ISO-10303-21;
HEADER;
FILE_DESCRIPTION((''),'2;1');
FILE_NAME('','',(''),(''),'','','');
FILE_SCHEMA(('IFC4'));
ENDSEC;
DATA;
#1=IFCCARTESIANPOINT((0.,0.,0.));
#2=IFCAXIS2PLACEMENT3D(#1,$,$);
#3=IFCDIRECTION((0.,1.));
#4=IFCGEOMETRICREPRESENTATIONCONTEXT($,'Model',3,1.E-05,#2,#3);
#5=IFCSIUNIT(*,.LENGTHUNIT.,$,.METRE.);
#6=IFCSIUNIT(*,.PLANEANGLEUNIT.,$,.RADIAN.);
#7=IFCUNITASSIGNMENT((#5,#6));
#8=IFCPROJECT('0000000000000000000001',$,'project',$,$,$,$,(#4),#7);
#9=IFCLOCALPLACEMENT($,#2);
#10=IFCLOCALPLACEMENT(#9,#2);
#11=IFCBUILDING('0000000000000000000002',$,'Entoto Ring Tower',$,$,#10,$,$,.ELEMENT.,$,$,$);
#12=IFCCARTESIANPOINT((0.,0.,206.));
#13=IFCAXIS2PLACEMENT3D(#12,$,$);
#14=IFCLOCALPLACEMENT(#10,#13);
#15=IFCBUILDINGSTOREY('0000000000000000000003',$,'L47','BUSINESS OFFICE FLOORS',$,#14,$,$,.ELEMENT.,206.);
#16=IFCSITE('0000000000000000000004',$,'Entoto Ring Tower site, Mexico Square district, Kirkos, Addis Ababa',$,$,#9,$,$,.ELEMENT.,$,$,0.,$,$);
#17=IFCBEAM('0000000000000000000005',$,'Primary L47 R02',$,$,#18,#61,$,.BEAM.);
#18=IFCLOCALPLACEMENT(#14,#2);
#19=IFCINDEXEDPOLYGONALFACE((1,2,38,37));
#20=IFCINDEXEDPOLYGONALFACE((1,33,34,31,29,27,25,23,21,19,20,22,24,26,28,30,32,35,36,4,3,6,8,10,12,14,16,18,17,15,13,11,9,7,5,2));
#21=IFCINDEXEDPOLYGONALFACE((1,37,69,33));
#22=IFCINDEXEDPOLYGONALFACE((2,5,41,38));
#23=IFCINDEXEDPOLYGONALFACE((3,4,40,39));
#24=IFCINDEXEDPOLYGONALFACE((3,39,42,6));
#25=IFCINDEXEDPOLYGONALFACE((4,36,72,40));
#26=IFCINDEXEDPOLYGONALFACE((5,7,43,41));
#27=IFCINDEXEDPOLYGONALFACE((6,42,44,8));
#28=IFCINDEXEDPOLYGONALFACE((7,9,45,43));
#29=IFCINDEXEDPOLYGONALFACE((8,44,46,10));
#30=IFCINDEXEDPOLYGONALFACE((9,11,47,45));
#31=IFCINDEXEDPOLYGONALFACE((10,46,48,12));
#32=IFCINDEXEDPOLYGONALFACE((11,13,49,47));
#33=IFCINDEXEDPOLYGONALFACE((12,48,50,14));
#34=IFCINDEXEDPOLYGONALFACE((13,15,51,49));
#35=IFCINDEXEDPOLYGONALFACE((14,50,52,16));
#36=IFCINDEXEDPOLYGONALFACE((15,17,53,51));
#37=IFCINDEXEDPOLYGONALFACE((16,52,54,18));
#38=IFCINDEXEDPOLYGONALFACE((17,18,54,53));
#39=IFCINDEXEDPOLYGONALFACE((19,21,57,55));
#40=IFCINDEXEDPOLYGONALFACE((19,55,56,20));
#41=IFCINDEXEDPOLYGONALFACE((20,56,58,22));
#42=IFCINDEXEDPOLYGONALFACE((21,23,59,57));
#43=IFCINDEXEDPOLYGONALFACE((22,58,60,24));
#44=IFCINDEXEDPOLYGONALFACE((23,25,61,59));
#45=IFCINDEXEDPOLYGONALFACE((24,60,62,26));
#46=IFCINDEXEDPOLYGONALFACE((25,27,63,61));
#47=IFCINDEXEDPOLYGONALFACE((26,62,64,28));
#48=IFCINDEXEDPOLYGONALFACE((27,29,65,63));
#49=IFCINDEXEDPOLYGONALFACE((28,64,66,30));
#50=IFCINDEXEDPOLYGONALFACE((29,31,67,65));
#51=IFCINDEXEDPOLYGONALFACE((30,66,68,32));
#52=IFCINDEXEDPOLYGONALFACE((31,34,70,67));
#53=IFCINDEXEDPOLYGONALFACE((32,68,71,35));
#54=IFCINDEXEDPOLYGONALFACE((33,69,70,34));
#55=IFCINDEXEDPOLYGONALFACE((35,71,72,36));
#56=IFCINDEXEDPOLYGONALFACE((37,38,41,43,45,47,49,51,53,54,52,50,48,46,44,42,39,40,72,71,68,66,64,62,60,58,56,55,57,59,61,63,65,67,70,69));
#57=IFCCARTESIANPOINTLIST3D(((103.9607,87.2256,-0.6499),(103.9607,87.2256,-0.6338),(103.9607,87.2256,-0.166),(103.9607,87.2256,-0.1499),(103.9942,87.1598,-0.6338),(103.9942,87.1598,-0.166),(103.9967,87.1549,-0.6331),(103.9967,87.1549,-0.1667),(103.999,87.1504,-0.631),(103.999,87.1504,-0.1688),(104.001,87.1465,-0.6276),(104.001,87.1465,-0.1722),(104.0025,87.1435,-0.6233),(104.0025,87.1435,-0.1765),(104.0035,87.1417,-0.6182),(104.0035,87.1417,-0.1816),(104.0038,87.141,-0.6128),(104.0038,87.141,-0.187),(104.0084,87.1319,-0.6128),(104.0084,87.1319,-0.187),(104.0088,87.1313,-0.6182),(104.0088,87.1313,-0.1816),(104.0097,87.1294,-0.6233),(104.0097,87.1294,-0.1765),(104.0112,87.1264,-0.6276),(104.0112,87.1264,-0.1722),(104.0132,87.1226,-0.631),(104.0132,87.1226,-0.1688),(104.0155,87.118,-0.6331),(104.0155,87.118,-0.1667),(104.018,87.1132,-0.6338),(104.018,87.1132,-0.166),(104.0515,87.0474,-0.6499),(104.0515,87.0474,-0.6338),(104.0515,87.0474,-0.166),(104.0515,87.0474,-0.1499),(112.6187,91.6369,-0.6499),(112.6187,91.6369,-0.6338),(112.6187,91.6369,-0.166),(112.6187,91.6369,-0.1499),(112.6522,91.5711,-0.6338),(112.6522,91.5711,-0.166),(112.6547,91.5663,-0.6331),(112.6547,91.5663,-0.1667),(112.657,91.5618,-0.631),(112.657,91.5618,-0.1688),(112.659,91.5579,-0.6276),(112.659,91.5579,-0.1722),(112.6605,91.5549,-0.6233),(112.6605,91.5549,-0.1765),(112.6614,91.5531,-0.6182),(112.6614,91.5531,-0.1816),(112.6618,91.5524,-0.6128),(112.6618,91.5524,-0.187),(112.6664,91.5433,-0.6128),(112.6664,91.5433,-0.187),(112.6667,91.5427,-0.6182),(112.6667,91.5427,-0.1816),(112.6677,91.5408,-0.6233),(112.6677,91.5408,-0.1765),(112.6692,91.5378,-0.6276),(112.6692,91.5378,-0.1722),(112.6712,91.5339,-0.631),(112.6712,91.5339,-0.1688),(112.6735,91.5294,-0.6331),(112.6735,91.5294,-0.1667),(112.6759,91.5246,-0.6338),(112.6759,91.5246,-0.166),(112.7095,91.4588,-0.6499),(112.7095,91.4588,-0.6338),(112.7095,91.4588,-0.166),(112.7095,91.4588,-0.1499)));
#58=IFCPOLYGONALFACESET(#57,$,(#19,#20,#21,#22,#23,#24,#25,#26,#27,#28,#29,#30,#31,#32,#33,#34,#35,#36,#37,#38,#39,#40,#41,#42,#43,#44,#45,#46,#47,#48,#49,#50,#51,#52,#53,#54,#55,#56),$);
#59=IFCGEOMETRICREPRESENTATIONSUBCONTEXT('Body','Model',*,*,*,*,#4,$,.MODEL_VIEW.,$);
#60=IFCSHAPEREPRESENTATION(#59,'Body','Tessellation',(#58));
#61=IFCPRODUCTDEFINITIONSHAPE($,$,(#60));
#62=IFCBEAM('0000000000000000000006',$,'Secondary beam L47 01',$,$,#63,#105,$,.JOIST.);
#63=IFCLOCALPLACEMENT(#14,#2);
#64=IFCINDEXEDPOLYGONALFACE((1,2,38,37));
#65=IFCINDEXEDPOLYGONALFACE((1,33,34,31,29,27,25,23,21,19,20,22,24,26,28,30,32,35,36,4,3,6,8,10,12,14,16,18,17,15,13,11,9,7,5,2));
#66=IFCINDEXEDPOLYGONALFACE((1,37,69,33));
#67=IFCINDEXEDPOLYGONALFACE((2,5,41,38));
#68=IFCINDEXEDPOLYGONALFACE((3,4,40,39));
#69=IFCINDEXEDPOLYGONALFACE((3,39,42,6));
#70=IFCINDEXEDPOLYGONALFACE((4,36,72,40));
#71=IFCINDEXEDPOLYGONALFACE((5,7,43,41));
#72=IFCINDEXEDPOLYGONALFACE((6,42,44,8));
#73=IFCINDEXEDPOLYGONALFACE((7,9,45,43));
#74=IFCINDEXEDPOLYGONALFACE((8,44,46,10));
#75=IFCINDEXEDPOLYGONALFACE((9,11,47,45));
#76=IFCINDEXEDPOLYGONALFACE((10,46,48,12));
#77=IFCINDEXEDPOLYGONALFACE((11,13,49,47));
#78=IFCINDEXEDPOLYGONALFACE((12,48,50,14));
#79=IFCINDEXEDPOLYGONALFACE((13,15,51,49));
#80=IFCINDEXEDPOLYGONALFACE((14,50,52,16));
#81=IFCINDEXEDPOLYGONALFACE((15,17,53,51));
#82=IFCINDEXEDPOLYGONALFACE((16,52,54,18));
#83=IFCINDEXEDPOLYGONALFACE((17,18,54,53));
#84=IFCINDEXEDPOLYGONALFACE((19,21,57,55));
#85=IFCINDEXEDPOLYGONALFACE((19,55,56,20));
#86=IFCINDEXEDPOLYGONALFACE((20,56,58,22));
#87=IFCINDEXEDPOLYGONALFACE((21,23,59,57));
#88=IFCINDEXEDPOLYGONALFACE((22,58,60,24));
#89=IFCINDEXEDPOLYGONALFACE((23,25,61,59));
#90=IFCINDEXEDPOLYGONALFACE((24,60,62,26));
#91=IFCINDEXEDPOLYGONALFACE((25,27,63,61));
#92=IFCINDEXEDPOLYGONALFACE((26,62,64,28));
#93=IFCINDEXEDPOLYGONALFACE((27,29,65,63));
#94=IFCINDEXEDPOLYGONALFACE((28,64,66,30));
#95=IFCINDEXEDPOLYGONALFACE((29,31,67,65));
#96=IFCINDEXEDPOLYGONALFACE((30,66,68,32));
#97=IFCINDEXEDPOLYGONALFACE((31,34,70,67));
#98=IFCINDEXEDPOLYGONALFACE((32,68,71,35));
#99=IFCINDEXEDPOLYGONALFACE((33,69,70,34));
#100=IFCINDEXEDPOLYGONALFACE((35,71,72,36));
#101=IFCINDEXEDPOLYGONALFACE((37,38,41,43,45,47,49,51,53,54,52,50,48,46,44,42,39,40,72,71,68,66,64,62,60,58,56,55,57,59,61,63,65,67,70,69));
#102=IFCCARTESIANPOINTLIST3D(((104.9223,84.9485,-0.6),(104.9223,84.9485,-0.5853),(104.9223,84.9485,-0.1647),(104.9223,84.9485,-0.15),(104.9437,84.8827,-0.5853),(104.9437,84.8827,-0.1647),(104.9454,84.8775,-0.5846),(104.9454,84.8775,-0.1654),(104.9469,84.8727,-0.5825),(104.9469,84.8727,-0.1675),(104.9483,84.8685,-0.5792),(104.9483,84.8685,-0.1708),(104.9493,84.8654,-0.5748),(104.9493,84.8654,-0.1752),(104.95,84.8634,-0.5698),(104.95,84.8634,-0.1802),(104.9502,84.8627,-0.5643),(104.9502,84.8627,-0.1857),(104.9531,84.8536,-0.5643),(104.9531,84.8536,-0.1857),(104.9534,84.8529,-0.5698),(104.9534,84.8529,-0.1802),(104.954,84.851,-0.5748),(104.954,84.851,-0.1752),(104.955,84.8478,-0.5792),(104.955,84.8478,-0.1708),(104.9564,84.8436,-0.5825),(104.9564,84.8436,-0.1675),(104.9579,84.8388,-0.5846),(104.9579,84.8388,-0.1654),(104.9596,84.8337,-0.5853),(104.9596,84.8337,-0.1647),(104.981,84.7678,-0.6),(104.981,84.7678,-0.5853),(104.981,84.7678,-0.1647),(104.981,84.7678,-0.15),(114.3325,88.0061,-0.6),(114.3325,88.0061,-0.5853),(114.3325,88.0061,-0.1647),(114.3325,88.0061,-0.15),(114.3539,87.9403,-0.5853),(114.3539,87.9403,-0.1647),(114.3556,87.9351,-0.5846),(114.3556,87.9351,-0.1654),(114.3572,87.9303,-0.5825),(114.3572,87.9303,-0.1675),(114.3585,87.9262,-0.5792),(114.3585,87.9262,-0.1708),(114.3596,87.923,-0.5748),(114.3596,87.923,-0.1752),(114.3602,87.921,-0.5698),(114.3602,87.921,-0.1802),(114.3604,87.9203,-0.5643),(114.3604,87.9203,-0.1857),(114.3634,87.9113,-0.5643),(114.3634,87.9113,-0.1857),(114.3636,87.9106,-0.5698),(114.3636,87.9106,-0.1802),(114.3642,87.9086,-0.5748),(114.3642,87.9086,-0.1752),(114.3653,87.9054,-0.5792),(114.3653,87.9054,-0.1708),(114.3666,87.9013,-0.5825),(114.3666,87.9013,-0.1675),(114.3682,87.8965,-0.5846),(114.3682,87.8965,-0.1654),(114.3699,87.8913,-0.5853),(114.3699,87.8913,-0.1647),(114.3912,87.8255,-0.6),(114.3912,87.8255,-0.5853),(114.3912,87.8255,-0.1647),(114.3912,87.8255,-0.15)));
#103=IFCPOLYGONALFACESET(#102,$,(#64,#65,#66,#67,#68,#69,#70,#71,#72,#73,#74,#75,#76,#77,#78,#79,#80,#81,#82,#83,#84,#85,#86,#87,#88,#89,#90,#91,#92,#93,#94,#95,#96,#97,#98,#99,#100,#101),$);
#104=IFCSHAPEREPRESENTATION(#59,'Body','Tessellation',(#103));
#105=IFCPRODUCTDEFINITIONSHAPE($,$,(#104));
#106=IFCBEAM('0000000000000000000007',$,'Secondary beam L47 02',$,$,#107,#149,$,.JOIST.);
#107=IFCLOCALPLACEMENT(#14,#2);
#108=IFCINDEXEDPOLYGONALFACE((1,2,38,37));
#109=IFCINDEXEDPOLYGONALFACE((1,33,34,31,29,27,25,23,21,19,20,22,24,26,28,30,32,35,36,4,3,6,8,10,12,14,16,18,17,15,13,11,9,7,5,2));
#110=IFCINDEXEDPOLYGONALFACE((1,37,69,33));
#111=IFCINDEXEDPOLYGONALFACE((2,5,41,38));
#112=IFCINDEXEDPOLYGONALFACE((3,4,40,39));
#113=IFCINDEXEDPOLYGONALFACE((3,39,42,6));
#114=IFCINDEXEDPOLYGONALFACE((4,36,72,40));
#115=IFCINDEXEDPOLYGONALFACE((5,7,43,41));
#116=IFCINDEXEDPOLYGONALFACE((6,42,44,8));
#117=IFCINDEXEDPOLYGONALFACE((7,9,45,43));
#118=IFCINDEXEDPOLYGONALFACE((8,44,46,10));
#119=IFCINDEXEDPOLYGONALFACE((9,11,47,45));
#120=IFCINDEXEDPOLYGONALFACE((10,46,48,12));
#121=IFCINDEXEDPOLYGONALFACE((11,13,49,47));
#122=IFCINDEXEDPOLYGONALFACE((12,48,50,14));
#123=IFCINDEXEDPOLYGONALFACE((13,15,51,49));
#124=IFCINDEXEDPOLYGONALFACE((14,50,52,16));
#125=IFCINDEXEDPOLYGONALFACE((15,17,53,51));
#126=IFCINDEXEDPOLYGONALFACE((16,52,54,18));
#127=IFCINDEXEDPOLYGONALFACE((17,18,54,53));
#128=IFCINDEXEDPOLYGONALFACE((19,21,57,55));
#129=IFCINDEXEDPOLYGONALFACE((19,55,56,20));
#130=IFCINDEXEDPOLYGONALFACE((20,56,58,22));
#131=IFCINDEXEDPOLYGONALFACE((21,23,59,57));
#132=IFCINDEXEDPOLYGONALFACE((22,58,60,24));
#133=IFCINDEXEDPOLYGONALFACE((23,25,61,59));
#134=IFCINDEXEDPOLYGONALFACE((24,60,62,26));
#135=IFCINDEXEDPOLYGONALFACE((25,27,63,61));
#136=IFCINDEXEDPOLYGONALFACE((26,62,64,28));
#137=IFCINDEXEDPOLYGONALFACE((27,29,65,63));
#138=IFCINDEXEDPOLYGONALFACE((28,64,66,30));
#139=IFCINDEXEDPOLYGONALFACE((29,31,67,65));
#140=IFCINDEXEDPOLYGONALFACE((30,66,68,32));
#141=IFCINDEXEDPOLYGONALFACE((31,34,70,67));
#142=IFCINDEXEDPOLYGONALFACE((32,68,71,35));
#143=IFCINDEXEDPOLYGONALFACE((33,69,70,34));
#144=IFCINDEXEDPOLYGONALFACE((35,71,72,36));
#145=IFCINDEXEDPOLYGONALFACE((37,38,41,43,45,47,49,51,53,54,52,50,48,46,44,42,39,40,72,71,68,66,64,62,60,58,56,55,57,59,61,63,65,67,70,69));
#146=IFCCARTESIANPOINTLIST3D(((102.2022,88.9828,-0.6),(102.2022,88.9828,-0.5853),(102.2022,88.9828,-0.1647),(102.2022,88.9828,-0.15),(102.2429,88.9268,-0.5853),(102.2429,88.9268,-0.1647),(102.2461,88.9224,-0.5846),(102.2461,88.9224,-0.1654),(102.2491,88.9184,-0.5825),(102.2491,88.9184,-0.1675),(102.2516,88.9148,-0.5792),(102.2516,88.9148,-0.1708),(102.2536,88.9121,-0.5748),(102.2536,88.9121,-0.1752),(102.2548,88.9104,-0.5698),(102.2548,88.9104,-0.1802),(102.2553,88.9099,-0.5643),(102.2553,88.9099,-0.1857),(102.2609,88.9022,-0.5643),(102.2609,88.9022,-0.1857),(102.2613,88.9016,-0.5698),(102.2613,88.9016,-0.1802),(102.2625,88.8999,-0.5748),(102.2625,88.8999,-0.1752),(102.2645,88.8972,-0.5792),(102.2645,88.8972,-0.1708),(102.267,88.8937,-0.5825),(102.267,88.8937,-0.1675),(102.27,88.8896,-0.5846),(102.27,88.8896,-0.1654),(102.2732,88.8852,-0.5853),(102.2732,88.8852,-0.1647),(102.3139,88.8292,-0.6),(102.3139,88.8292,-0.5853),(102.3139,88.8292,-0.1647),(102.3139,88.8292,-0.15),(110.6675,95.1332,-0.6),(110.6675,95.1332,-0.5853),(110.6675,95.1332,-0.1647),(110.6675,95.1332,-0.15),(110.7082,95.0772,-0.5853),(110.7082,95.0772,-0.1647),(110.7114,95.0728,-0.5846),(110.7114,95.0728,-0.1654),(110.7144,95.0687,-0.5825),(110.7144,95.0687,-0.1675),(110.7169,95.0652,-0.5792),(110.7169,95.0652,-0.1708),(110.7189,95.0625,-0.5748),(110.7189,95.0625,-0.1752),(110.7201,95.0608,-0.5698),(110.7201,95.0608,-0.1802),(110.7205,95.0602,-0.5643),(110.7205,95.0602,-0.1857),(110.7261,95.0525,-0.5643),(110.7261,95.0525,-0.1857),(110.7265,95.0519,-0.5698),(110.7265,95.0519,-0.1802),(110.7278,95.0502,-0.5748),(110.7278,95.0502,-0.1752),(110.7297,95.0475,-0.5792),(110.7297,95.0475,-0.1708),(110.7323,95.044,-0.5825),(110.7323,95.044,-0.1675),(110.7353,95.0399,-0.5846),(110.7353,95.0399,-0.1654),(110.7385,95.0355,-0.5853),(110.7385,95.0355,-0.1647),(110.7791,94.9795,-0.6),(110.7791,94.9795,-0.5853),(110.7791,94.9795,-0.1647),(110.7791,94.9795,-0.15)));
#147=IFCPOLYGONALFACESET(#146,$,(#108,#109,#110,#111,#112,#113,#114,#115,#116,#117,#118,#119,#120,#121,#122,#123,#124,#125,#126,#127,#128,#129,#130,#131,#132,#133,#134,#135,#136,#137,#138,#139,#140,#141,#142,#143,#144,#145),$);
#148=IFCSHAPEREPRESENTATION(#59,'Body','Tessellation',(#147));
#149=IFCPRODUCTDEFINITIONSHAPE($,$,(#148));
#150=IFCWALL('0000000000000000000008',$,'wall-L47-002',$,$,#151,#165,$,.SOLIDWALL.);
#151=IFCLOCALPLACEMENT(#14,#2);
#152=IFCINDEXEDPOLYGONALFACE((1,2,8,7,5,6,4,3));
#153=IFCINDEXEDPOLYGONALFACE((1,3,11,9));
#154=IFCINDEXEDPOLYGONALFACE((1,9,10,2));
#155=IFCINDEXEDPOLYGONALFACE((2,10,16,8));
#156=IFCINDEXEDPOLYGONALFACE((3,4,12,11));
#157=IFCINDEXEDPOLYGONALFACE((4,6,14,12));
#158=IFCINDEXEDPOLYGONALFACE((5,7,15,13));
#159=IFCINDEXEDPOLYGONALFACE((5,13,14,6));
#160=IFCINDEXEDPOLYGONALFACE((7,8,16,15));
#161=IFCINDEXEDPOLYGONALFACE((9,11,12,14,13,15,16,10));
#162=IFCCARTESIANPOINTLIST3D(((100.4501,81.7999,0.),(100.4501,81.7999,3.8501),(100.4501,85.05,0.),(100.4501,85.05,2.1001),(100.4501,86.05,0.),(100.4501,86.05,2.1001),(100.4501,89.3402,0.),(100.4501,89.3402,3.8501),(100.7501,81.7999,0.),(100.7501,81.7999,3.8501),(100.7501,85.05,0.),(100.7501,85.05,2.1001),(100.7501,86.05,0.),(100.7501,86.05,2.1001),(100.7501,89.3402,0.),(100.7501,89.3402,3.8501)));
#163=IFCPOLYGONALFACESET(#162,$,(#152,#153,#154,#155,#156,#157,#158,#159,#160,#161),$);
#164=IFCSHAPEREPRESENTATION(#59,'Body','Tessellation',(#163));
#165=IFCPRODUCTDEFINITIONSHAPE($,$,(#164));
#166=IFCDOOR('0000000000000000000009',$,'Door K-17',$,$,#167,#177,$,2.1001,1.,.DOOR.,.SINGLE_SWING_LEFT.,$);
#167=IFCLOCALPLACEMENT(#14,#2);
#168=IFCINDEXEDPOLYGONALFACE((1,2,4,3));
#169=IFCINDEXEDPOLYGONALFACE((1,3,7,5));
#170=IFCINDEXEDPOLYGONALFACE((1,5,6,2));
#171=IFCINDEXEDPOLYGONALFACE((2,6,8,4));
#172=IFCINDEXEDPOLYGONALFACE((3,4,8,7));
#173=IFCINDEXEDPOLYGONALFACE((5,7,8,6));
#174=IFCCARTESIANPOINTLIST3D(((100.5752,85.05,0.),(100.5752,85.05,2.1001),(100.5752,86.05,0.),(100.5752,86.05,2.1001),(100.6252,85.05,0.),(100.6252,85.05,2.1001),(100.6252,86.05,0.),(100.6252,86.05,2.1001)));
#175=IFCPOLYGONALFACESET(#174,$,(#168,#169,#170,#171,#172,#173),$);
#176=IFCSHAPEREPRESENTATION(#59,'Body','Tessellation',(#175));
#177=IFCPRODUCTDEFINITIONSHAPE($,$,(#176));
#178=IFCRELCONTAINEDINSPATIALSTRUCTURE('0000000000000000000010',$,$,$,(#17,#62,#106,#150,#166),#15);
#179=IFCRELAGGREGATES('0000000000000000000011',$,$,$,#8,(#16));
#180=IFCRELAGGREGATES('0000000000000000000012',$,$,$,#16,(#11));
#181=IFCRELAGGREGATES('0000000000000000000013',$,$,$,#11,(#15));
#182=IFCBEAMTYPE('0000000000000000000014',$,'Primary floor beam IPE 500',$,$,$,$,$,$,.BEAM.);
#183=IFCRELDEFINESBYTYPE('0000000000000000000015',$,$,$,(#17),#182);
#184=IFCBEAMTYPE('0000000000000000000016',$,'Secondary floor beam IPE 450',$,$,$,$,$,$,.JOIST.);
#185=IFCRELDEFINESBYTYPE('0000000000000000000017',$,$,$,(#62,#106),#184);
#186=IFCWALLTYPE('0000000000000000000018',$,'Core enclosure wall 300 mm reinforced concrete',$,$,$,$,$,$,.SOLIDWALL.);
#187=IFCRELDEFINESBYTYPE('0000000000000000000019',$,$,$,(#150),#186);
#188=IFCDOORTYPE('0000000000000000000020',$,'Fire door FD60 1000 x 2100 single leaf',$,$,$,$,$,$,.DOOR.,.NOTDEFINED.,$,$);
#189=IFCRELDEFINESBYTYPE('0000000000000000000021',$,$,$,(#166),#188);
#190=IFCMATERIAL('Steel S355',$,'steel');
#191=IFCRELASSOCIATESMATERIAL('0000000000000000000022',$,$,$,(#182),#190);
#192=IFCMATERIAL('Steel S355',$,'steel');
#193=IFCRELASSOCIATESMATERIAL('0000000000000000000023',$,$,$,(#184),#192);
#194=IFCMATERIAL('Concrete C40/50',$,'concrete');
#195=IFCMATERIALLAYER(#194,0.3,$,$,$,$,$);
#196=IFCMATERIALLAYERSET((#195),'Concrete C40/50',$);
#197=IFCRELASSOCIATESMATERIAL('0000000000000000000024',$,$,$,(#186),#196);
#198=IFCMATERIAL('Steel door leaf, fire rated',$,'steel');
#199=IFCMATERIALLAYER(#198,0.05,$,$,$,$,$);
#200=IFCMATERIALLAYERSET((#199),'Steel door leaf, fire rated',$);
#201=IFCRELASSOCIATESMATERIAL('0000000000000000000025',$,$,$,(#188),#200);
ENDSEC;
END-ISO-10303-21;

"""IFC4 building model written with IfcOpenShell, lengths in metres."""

from ifc_helpers import new_model, si_unit, direction, frame, frame_2d, origin, origin_2d, place, context, subcontext, project, spatial, rectangle, i_section, extrude, material, layer, layer_set, material_profile, profile_set, type_object, element, fill, save


model = new_model("IFC4")

# Units and contexts
model_context = context("Model", 3, precision=1e-05, world=origin(), true_north=direction((0.0, 1.0)))
body_context = subcontext(model_context, "Body", "Model", "MODEL_VIEW")
ifc_project = project(units=[si_unit("LENGTHUNIT", "METRE"), si_unit("PLANEANGLEUNIT", "RADIAN")], contexts=[model_context])

# Site, building, storey
site_placement = place(None, origin())
site = spatial("IfcSite", under=ifc_project, at=site_placement, Name="Entoto Ring Tower site, Mexico Square district, Kirkos, Addis Ababa", CompositionType="ELEMENT", RefElevation=0.0)
building_placement = place(site_placement, origin())
building = spatial("IfcBuilding", under=site, at=building_placement, Name="Entoto Ring Tower", CompositionType="ELEMENT")
storey_placement = place(building_placement, frame((0.0, 0.0, 206.0)))
storey = spatial("IfcBuildingStorey", under=building, at=storey_placement, Name="L47", Description="BUSINESS OFFICE FLOORS", CompositionType="ELEMENT", Elevation=206.0)

# Beams
ifc_material_1 = material(Name="Steel S355", Category="steel")
ifc_material_profile_1 = material_profile(ifc_material_1, i_section(OverallWidth=0.2, OverallDepth=0.5, WebThickness=0.0103, FlangeThickness=0.0161, FilletRadius=0.021, at=origin_2d()), Name="IPE 500")
ifc_profile_set_1 = profile_set([ifc_material_profile_1], Name="Steel S355")
beam_type_1 = type_object("IfcBeamType", Name="Primary floor beam IPE 500", PredefinedType="BEAM", material=ifc_profile_set_1)
beam_1_placement = place(storey_placement, frame((104.0061, 87.1365, -0.3999), z_axis=(0.89101, 0.453984, 0.0), x_axis=(-0.453984, 0.89101, 0.0)))
element("IfcBeam", 1, at=beam_1_placement, inside=storey, type_object=beam_type_1, Name="Primary L47 R02", PredefinedType="BEAM", context=body_context, shape_type="SweptSolid", body=[
    extrude(i_section(OverallWidth=0.2, OverallDepth=0.5, WebThickness=0.0103, FlangeThickness=0.0161, FilletRadius=0.021, at=origin_2d()), origin(), (0.0, 0.0, 1.0), 9.717),
])
ifc_material_2 = material(Name="Steel S355", Category="steel")
ifc_material_profile_2 = material_profile(ifc_material_2, i_section(OverallWidth=0.1899, OverallDepth=0.45, WebThickness=0.0095, FlangeThickness=0.0146, FilletRadius=0.021, at=origin_2d()), Name="IPE 450")
ifc_profile_set_2 = profile_set([ifc_material_profile_2], Name="Steel S355")
beam_type_2 = type_object("IfcBeamType", Name="Secondary floor beam IPE 450", PredefinedType="JOIST", material=ifc_profile_set_2)
beam_2_placement = place(storey_placement, frame((104.9517, 84.8582, -0.375), z_axis=(0.951054, 0.309024, 0.0), x_axis=(-0.309024, 0.951054, 0.0)))
element("IfcBeam", 2, at=beam_2_placement, inside=storey, type_object=beam_type_2, Name="Secondary beam L47 01", PredefinedType="JOIST", context=body_context, shape_type="SweptSolid", body=[
    extrude(i_section(OverallWidth=0.1899, OverallDepth=0.45, WebThickness=0.0095, FlangeThickness=0.0146, FilletRadius=0.021, at=origin_2d()), origin(), (0.0, 0.0, 1.0), 9.8945),
])
beam_3_placement = place(storey_placement, frame((102.2581, 88.906, -0.375), z_axis=(0.809018, 0.587783, 0.0), x_axis=(-0.587783, 0.809018, 0.0)))
element("IfcBeam", 3, at=beam_3_placement, inside=storey, type_object=beam_type_2, Name="Secondary beam L47 02", PredefinedType="JOIST", context=body_context, shape_type="SweptSolid", body=[
    extrude(i_section(OverallWidth=0.1899, OverallDepth=0.45, WebThickness=0.0095, FlangeThickness=0.0146, FilletRadius=0.021, at=origin_2d()), origin(), (0.0, 0.0, 1.0), 10.4636),
])

# Wall, opening, door
ifc_material_3 = material(Name="Concrete C40/50", Category="concrete")
ifc_layer_1 = layer(ifc_material_3, 0.3)
ifc_layer_set_1 = layer_set([ifc_layer_1], Name="Concrete C40/50")
wall_type_1 = type_object("IfcWallType", Name="Core enclosure wall 300 mm reinforced concrete", PredefinedType="SOLIDWALL", material=ifc_layer_set_1)
wall_1_placement = place(storey_placement, frame((100.6001, 81.8, 0.0), z_axis=(0.0, 0.0, 1.0), x_axis=(0.0, 1.0, 0.0)))
wall_1 = element("IfcWall", 4, at=wall_1_placement, inside=storey, type_object=wall_type_1, Name="wall-L47-002", PredefinedType="SOLIDWALL", context=body_context, shape_type="SweptSolid", body=[
    extrude(rectangle(XDim=7.5403, YDim=0.3, at=frame_2d((3.77, 0.0))), origin(), (0.0, 0.0, 1.0), 3.8501),
])
opening_1_placement = place(wall_1_placement, frame((3.25, 0.0, 0.0)))
opening_1 = element("IfcOpeningElement", 5, at=opening_1_placement, cuts=wall_1, PredefinedType="OPENING", context=body_context, shape_type="SweptSolid", body=[
    extrude(rectangle(XDim=1.0, YDim=2.1001, at=frame_2d((0.5, 1.05))), frame((0.0, 0.1602, 0.0), z_axis=(0.0, -1.0, 0.0), x_axis=(1.0, 0.0, 0.0)), (0.0, 0.0, 1.0), 0.3201),
])
ifc_material_4 = material(Name="Steel door leaf, fire rated", Category="steel")
ifc_layer_2 = layer(ifc_material_4, 0.05)
ifc_layer_set_2 = layer_set([ifc_layer_2], Name="Steel door leaf, fire rated")
door_type_1 = type_object("IfcDoorType", Name="Fire door FD60 1000 x 2100 single leaf", OperationType="NOTDEFINED", PredefinedType="DOOR", material=ifc_layer_set_2)
door_1_placement = place(opening_1_placement, origin())
door_1 = element("IfcDoor", 6, at=door_1_placement, inside=storey, type_object=door_type_1, Name="Door K-17", OperationType="SINGLE_SWING_LEFT", OverallHeight=2.1001, OverallWidth=1.0, PredefinedType="DOOR", context=body_context, shape_type="SweptSolid", body=[
    extrude(rectangle(XDim=1.0, YDim=2.1001, at=frame_2d((0.5, 1.05))), frame((0.0, 0.0249, 0.0), z_axis=(0.0, -1.0, 0.0), x_axis=(1.0, 0.0, 0.0)), (0.0, 0.0, 1.0), 0.05),
])
fill(opening_1, door_1)

save(model, "model.ifc")
